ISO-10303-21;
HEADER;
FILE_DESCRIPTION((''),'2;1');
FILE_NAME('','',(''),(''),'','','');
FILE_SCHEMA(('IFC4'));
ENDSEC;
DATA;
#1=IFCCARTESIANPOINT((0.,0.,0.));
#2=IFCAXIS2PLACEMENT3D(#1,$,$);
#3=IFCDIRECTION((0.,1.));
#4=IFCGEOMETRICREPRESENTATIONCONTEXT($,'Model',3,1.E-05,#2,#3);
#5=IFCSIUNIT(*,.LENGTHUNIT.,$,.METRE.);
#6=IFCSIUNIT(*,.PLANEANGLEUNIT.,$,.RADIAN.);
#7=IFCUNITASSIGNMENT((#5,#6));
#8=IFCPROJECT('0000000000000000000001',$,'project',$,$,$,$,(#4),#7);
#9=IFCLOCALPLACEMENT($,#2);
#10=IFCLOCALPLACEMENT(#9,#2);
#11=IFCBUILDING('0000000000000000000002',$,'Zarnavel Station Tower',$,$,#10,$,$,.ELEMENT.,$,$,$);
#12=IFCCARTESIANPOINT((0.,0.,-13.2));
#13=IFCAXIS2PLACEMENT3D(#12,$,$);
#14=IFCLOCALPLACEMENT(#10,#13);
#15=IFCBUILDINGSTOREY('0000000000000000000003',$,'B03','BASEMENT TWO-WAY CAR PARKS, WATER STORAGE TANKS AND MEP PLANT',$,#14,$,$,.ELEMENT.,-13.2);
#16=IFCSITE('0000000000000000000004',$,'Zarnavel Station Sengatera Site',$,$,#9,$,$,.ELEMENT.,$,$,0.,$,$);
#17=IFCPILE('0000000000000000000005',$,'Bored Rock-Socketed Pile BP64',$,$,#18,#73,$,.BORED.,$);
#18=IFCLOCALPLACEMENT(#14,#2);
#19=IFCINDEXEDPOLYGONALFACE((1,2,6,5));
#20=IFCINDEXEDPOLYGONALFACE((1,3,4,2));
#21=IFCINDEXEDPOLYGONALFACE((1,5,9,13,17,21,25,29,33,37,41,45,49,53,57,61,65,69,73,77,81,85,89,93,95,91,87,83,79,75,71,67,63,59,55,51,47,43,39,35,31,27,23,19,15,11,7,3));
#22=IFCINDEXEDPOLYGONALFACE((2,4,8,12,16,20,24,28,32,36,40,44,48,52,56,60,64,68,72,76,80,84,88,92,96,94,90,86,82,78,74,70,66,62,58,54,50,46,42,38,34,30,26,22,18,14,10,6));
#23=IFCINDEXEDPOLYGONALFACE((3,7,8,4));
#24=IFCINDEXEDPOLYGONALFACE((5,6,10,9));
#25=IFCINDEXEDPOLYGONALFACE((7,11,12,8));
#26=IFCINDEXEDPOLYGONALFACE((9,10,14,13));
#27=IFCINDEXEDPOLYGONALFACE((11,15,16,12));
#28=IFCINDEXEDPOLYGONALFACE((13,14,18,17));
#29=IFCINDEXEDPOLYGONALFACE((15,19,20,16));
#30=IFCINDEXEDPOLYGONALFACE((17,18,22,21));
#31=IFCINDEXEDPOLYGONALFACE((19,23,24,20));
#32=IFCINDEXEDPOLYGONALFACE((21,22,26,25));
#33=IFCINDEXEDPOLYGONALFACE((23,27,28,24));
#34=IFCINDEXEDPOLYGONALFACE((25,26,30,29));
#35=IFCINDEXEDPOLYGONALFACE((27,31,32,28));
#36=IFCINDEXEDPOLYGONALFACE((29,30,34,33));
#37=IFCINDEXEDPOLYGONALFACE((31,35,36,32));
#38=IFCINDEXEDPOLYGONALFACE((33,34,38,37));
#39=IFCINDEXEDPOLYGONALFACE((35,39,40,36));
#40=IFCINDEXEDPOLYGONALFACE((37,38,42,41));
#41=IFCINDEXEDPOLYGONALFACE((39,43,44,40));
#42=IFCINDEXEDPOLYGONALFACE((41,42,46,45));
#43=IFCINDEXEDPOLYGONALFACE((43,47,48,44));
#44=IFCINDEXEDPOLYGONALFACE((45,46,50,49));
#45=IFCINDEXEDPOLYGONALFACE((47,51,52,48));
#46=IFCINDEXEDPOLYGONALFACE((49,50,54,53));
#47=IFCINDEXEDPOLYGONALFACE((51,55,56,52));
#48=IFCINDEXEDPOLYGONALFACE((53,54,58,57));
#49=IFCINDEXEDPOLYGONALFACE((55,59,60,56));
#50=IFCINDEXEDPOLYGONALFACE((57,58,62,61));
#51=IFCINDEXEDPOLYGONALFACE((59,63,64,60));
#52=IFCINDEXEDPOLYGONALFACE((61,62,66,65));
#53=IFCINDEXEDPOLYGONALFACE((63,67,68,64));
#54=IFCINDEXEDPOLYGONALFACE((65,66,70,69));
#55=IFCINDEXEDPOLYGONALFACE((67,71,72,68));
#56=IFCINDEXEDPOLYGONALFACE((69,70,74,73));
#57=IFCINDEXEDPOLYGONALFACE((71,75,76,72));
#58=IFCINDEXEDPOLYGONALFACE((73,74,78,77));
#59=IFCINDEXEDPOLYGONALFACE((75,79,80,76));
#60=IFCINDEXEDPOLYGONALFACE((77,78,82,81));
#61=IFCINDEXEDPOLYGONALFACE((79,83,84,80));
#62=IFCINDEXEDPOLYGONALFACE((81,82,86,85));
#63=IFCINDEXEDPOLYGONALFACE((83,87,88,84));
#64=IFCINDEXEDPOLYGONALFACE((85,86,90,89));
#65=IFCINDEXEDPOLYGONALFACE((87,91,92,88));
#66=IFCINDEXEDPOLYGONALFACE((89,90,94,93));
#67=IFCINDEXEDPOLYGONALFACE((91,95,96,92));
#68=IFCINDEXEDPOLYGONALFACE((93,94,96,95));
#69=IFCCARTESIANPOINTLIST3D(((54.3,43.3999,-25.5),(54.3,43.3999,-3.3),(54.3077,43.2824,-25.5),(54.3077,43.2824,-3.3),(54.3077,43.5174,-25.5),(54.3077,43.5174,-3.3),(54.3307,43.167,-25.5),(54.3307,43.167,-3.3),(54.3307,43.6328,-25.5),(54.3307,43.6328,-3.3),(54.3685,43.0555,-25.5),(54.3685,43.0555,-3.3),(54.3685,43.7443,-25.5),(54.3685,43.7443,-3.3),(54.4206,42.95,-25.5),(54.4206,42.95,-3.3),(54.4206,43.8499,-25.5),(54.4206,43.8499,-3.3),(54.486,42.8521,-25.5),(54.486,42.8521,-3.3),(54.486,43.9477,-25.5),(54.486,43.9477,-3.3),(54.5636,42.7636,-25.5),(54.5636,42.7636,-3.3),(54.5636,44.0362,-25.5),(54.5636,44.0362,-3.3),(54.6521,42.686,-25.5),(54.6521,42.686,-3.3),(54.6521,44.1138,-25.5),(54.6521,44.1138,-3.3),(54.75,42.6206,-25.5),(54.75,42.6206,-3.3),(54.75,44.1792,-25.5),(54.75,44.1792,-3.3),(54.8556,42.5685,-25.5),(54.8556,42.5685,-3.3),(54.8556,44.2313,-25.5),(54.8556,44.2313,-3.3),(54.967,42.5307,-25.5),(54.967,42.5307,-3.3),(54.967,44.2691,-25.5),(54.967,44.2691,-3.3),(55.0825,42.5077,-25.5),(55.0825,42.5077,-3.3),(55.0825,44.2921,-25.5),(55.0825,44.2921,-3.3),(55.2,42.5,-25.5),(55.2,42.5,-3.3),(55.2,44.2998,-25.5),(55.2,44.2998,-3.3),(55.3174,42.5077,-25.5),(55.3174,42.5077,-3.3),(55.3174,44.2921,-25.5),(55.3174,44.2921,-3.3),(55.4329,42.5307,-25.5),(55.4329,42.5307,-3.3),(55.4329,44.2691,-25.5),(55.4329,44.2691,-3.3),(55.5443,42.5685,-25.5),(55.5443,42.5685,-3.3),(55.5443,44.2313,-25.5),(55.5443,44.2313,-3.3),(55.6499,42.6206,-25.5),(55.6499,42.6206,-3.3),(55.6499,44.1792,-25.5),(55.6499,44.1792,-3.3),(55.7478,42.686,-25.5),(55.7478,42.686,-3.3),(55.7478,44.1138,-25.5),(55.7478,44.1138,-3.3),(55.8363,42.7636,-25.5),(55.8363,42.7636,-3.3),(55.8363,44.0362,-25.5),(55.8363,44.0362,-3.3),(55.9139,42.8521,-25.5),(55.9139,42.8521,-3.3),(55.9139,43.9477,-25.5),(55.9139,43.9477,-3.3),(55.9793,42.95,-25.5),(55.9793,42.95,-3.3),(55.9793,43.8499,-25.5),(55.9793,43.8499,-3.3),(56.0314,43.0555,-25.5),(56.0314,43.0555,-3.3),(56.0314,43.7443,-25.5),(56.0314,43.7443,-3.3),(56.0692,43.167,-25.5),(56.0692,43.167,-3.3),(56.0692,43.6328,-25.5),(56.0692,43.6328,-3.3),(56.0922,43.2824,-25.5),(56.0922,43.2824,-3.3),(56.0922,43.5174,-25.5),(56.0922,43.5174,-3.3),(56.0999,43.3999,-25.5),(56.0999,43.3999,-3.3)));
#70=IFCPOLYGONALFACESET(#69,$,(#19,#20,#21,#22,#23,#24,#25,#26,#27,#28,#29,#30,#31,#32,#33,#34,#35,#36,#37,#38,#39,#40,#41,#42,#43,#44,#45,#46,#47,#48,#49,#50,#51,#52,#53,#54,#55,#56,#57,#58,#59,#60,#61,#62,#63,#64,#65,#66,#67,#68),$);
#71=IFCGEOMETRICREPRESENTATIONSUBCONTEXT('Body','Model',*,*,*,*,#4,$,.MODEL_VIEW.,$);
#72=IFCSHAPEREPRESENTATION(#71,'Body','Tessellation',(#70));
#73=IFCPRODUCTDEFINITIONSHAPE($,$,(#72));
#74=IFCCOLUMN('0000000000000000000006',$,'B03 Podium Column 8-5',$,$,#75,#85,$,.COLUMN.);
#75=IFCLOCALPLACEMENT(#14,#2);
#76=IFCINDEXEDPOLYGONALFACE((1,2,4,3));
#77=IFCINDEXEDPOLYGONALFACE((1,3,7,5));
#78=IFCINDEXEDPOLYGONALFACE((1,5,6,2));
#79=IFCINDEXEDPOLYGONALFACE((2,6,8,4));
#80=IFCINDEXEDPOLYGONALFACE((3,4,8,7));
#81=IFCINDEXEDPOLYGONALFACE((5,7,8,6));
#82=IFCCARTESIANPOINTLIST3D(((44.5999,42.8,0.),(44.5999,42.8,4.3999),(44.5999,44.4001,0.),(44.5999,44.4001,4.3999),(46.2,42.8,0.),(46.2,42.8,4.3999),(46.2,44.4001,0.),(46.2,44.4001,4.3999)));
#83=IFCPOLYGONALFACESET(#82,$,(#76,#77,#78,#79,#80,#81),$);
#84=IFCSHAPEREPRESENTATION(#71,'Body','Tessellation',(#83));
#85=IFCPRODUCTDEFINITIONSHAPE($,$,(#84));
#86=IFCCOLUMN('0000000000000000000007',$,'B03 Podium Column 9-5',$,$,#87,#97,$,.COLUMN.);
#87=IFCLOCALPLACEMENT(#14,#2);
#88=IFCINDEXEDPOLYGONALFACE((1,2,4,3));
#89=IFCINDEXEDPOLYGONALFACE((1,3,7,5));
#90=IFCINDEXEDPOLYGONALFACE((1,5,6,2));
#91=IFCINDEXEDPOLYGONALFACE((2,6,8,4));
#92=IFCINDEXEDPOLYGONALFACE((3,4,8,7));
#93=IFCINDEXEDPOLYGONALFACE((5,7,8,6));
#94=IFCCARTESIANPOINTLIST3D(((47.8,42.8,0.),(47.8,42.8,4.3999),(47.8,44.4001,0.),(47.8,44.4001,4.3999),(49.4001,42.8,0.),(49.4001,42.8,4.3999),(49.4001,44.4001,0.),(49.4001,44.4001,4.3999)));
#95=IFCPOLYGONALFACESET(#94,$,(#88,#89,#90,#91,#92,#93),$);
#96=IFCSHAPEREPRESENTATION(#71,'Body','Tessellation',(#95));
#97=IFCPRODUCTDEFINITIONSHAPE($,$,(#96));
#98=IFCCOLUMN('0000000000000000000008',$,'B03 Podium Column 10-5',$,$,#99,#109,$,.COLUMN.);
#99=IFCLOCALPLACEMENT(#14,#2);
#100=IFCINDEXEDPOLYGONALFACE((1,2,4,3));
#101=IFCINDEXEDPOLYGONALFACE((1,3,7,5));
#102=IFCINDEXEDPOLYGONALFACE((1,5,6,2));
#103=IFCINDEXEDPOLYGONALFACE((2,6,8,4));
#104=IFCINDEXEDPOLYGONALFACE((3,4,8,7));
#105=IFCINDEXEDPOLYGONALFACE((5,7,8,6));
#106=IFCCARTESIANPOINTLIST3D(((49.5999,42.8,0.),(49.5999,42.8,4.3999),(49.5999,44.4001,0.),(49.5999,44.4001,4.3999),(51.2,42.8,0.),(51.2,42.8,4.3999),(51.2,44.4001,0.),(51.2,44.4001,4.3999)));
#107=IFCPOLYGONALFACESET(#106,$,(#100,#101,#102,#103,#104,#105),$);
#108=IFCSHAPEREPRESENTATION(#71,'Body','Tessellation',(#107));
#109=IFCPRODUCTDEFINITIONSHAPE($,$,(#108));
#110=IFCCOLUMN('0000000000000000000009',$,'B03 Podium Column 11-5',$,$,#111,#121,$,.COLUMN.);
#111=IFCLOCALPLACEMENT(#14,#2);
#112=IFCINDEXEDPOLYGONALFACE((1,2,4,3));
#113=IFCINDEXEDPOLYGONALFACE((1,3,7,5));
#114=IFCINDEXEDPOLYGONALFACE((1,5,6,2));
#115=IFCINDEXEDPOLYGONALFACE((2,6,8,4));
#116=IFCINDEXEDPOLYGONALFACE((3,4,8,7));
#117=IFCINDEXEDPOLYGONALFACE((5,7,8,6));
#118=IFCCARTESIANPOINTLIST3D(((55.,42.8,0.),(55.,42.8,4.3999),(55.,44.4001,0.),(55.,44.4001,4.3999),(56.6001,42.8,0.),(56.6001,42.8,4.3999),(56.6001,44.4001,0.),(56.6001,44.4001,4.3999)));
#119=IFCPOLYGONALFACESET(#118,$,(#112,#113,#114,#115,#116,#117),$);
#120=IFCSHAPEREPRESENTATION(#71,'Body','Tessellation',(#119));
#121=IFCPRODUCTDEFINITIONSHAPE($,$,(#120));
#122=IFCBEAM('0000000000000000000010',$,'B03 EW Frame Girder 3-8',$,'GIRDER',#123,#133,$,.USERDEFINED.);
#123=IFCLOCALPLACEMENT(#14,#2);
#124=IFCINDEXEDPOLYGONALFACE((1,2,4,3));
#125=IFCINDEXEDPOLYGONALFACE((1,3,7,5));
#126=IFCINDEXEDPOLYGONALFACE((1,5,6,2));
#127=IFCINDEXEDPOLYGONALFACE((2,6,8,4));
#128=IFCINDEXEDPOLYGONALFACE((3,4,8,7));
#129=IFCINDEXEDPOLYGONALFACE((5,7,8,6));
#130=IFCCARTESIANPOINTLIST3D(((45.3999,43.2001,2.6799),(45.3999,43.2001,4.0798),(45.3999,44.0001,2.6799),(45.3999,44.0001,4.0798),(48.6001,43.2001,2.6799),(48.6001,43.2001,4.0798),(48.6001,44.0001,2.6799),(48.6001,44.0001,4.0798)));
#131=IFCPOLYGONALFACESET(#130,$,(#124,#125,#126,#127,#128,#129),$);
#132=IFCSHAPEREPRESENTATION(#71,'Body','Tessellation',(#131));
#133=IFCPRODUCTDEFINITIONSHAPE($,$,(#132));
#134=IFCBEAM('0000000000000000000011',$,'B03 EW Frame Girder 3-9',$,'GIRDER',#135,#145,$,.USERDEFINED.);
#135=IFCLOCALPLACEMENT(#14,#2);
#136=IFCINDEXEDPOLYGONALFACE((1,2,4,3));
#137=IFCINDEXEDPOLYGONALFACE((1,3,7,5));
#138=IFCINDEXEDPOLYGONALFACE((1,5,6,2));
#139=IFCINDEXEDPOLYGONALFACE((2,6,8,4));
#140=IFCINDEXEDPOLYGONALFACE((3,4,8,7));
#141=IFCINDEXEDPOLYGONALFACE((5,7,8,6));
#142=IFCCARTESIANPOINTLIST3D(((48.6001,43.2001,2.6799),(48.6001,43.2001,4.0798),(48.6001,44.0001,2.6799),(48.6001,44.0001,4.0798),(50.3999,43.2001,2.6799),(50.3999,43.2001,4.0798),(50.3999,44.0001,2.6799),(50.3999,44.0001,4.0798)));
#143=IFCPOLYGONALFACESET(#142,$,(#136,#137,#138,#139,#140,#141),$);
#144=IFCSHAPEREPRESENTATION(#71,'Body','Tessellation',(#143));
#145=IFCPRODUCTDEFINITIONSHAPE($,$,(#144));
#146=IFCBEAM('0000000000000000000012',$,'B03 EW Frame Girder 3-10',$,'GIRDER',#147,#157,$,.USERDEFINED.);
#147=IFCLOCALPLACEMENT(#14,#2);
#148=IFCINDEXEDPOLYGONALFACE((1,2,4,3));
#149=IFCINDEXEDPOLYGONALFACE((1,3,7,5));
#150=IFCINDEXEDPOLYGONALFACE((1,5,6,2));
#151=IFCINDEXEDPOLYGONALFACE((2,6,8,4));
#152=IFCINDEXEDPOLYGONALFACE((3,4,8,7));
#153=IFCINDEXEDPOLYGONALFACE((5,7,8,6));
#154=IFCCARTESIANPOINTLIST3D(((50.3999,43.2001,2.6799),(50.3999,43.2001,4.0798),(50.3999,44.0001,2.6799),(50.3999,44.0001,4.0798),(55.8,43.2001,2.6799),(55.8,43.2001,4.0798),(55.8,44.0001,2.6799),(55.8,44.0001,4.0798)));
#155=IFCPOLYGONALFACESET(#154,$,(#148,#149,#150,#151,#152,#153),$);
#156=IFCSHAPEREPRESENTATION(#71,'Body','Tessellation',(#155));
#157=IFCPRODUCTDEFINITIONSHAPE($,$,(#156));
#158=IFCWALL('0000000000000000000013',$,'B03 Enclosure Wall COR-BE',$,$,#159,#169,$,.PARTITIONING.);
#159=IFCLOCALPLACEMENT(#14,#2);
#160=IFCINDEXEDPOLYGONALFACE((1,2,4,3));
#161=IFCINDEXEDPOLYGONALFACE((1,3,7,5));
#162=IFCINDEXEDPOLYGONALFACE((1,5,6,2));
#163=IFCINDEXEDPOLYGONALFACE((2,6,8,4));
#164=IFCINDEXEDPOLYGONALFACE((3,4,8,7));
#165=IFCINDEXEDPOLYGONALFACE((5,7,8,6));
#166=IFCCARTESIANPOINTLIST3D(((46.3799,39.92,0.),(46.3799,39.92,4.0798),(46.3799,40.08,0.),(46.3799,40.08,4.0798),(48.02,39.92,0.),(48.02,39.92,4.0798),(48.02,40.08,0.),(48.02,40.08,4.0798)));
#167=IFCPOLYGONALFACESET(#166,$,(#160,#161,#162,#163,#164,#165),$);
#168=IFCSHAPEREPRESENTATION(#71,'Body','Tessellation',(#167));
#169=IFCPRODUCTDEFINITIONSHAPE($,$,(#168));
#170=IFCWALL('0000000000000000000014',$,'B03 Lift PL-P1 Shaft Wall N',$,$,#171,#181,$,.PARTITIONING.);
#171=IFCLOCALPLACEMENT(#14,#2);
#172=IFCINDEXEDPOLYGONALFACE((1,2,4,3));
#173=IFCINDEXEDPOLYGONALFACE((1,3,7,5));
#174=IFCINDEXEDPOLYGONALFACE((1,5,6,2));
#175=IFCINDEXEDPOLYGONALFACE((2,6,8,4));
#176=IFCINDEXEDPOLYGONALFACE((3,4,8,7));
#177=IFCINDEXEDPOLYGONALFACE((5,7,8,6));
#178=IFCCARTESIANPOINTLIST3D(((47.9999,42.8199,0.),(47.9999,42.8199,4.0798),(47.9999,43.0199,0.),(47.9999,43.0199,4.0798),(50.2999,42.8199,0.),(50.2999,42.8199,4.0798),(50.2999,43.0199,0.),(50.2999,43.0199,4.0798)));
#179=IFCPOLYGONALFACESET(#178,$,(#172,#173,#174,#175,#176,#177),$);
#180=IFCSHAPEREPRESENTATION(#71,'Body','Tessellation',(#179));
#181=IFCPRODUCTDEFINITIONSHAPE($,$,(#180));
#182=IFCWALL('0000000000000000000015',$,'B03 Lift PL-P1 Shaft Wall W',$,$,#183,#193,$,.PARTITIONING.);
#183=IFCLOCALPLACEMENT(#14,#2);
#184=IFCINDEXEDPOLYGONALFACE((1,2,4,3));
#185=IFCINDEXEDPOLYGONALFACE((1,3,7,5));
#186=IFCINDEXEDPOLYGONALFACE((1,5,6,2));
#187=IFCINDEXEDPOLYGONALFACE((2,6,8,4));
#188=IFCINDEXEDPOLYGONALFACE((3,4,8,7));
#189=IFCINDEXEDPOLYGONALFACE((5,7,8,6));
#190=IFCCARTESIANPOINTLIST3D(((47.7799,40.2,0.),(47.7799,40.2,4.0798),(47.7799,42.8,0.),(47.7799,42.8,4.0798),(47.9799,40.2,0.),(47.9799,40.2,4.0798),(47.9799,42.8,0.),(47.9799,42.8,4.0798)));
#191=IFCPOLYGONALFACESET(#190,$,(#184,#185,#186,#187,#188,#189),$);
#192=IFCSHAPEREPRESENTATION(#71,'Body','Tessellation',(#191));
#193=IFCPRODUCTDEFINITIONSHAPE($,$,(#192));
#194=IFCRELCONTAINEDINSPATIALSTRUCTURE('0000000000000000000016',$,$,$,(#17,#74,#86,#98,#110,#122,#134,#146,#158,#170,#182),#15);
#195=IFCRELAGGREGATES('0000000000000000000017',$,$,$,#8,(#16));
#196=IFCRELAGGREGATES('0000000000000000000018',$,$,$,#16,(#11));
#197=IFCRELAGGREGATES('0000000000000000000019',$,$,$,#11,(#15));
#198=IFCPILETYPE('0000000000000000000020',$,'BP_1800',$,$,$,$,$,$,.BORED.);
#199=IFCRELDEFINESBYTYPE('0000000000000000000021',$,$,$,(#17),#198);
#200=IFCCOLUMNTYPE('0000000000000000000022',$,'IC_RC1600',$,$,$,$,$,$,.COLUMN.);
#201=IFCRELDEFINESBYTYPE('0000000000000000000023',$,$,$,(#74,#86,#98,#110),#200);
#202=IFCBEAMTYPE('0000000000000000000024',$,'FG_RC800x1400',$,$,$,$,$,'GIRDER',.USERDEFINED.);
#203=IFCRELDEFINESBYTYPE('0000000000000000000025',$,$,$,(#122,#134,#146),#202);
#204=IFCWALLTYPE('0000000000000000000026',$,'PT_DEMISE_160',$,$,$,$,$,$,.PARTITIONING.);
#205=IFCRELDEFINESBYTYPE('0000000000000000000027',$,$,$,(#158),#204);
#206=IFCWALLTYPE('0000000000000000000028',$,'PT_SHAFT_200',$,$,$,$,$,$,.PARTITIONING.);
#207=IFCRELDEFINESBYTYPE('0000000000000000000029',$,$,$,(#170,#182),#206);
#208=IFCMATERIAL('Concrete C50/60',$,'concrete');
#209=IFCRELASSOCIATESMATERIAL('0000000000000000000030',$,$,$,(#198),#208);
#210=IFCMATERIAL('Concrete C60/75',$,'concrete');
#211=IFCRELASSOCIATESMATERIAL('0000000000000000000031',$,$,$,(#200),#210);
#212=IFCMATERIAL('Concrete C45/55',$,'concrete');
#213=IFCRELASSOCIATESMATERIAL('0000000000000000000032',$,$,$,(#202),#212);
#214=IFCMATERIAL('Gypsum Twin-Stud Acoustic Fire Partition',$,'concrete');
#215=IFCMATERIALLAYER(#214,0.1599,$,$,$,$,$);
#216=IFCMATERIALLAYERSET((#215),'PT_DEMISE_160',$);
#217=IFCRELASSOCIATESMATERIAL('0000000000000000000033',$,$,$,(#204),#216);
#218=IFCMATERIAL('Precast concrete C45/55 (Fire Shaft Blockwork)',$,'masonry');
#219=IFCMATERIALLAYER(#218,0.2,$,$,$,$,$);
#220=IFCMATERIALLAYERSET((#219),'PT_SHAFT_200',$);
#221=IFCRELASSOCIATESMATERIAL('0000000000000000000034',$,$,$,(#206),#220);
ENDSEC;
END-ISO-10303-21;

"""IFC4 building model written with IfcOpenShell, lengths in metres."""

from ifc_helpers import new_model, si_unit, direction, frame, frame_2d, origin, origin_2d, place, context, subcontext, project, spatial, rectangle, circle, extrude, material, layer, layer_set, material_profile, profile_set, type_object, element, save


model = new_model("IFC4")

# Units and contexts
model_context = context("Model", 3, precision=1e-05, world=origin(), true_north=direction((0.0, 1.0)))
body_context = subcontext(model_context, "Body", "Model", "MODEL_VIEW")
ifc_project = project(units=[si_unit("LENGTHUNIT", "METRE"), si_unit("PLANEANGLEUNIT", "RADIAN")], contexts=[model_context])

# Site, building, storey
site_placement = place(None, origin())
site = spatial("IfcSite", under=ifc_project, at=site_placement, Name="Zarnavel Station Sengatera Site", CompositionType="ELEMENT", RefElevation=0.0)
building_placement = place(site_placement, origin())
building = spatial("IfcBuilding", under=site, at=building_placement, Name="Zarnavel Station Tower", CompositionType="ELEMENT")
storey_placement = place(building_placement, frame((0.0, 0.0, -13.2)))
storey = spatial("IfcBuildingStorey", under=building, at=storey_placement, Name="B03", Description="BASEMENT TWO-WAY CAR PARKS, WATER STORAGE TANKS AND MEP PLANT", CompositionType="ELEMENT", Elevation=-13.2)

# Pile
ifc_material_1 = material(Name="Concrete C50/60", Category="concrete")
ifc_material_profile_1 = material_profile(ifc_material_1, circle(Radius=0.8999, at=origin_2d()), Name="PILE1800")
ifc_profile_set_1 = profile_set([ifc_material_profile_1], Name="Concrete C50/60")
pile_type_1 = type_object("IfcPileType", Name="BP_1800", PredefinedType="BORED", material=ifc_profile_set_1)
for number, where, z_axis, x_axis, name in (
    (1, (55.2, 43.3999, -3.3), (0.0, 0.0, -1.0), (1.0, 0.0, 0.0), "Bored Rock-Socketed Pile BP64"),
):
    element("IfcPile", number, at=place(storey_placement, frame(where, z_axis=z_axis, x_axis=x_axis)), inside=storey, type_object=pile_type_1, Name=name, PredefinedType="BORED", context=body_context, shape_type="SweptSolid", body=[
        extrude(circle(Radius=0.8999, at=origin_2d()), origin(), (0.0, 0.0, 1.0), 22.2),
    ])

# Columns
ifc_material_2 = material(Name="Concrete C60/75", Category="concrete")
ifc_material_profile_2 = material_profile(ifc_material_2, rectangle(XDim=1.6001, YDim=1.6001, at=origin_2d()), Name="RC1600x1600")
ifc_profile_set_2 = profile_set([ifc_material_profile_2], Name="Concrete C60/75")
column_type = type_object("IfcColumnType", Name="IC_RC1600", PredefinedType="COLUMN", material=ifc_profile_set_2)
for number, where, z_axis, x_axis, name in (
    (2, (45.3999, 43.6001, 0.0), (0.0, 0.0, 1.0), (1.0, 0.0, 0.0), "B03 Podium Column 8-5"),
    (3, (48.6001, 43.6001, 0.0), (0.0, 0.0, 1.0), (1.0, 0.0, 0.0), "B03 Podium Column 9-5"),
    (4, (50.3999, 43.6001, 0.0), (0.0, 0.0, 1.0), (1.0, 0.0, 0.0), "B03 Podium Column 10-5"),
    (5, (55.8, 43.6001, 0.0), (0.0, 0.0, 1.0), (1.0, 0.0, 0.0), "B03 Podium Column 11-5"),
):
    element("IfcColumn", number, at=place(storey_placement, frame(where, z_axis=z_axis, x_axis=x_axis)), inside=storey, type_object=column_type, Name=name, PredefinedType="COLUMN", context=body_context, shape_type="SweptSolid", body=[
        extrude(rectangle(XDim=1.6001, YDim=1.6001, at=origin_2d()), origin(), (0.0, 0.0, 1.0), 4.3999),
    ])

# Beams
ifc_material_3 = material(Name="Concrete C45/55", Category="concrete")
ifc_material_profile_3 = material_profile(ifc_material_3, rectangle(XDim=0.8, YDim=1.3999, at=origin_2d()), Name="RC800x1400")
ifc_profile_set_3 = profile_set([ifc_material_profile_3], Name="Concrete C45/55")
beam_type = type_object("IfcBeamType", Name="FG_RC800x1400", ElementType="GIRDER", PredefinedType="USERDEFINED", material=ifc_profile_set_3)
beam_1_placement = place(storey_placement, frame((45.3999, 43.6001, 3.3799), z_axis=(1.0, 0.0, 0.0), x_axis=(0.0, 1.0, 0.0)))
element("IfcBeam", 6, at=beam_1_placement, inside=storey, type_object=beam_type, Name="B03 EW Frame Girder 3-8", ObjectType="GIRDER", PredefinedType="USERDEFINED", context=body_context, shape_type="SweptSolid", body=[
    extrude(rectangle(XDim=0.8, YDim=1.3999, at=origin_2d()), origin(), (0.0, 0.0, 1.0), 3.2002),
])
beam_2_placement = place(storey_placement, frame((48.6001, 43.6001, 3.3799), z_axis=(1.0, 0.0, 0.0), x_axis=(0.0, 1.0, 0.0)))
element("IfcBeam", 7, at=beam_2_placement, inside=storey, type_object=beam_type, Name="B03 EW Frame Girder 3-9", ObjectType="GIRDER", PredefinedType="USERDEFINED", context=body_context, shape_type="SweptSolid", body=[
    extrude(rectangle(XDim=0.8, YDim=1.3999, at=origin_2d()), origin(), (0.0, 0.0, 1.0), 1.7998),
])
beam_3_placement = place(storey_placement, frame((50.3999, 43.6001, 3.3799), z_axis=(1.0, 0.0, 0.0), x_axis=(0.0, 1.0, 0.0)))
element("IfcBeam", 8, at=beam_3_placement, inside=storey, type_object=beam_type, Name="B03 EW Frame Girder 3-10", ObjectType="GIRDER", PredefinedType="USERDEFINED", context=body_context, shape_type="SweptSolid", body=[
    extrude(rectangle(XDim=0.8, YDim=1.3999, at=origin_2d()), origin(), (0.0, 0.0, 1.0), 5.4001),
])

# Wall
ifc_material_4 = material(Name="Gypsum Twin-Stud Acoustic Fire Partition", Category="concrete")
ifc_layer_1 = layer(ifc_material_4, 0.1599)
ifc_layer_set_1 = layer_set([ifc_layer_1], Name="PT_DEMISE_160")
wall_type_1 = type_object("IfcWallType", Name="PT_DEMISE_160", PredefinedType="PARTITIONING", material=ifc_layer_set_1)
wall_1_placement = place(storey_placement, frame((46.3799, 40.0, 0.0), z_axis=(0.0, 0.0, 1.0), x_axis=(1.0, 0.0, 0.0)))
element("IfcWall", 9, at=wall_1_placement, inside=storey, type_object=wall_type_1, Name="B03 Enclosure Wall COR-BE", PredefinedType="PARTITIONING", context=body_context, shape_type="SweptSolid", body=[
    extrude(rectangle(XDim=1.6401, YDim=0.1599, at=frame_2d((0.8201, 0.0))), origin(), (0.0, 0.0, 1.0), 4.0798),
])

# Shared definitions
ifc_material_5 = material(Name="Precast concrete C45/55 (Fire Shaft Blockwork)", Category="masonry")
ifc_layer_2 = layer(ifc_material_5, 0.2)
ifc_layer_set_2 = layer_set([ifc_layer_2], Name="PT_SHAFT_200")
wall_type_2 = type_object("IfcWallType", Name="PT_SHAFT_200", PredefinedType="PARTITIONING", material=ifc_layer_set_2)

# Walls
wall_2_placement = place(storey_placement, frame((48.0, 42.9199, 0.0), z_axis=(0.0, 0.0, 1.0), x_axis=(1.0, 0.0, 0.0)))
element("IfcWall", 10, at=wall_2_placement, inside=storey, type_object=wall_type_2, Name="B03 Lift PL-P1 Shaft Wall N", PredefinedType="PARTITIONING", context=body_context, shape_type="SweptSolid", body=[
    extrude(rectangle(XDim=2.3, YDim=0.2, at=frame_2d((1.1499, 0.0))), origin(), (0.0, 0.0, 1.0), 4.0798),
])
for number, where, z_axis, x_axis, name in (
    (11, (47.8799, 40.2, 0.0), (0.0, 0.0, 1.0), (0.0, 1.0, 0.0), "B03 Lift PL-P1 Shaft Wall W"),
):
    element("IfcWall", number, at=place(storey_placement, frame(where, z_axis=z_axis, x_axis=x_axis)), inside=storey, type_object=wall_type_2, Name=name, PredefinedType="PARTITIONING", context=body_context, shape_type="SweptSolid", body=[
        extrude(rectangle(XDim=2.6001, YDim=0.2, at=frame_2d((1.3, 0.0))), origin(), (0.0, 0.0, 1.0), 4.0798),
    ])

save(model, "model.ifc")
